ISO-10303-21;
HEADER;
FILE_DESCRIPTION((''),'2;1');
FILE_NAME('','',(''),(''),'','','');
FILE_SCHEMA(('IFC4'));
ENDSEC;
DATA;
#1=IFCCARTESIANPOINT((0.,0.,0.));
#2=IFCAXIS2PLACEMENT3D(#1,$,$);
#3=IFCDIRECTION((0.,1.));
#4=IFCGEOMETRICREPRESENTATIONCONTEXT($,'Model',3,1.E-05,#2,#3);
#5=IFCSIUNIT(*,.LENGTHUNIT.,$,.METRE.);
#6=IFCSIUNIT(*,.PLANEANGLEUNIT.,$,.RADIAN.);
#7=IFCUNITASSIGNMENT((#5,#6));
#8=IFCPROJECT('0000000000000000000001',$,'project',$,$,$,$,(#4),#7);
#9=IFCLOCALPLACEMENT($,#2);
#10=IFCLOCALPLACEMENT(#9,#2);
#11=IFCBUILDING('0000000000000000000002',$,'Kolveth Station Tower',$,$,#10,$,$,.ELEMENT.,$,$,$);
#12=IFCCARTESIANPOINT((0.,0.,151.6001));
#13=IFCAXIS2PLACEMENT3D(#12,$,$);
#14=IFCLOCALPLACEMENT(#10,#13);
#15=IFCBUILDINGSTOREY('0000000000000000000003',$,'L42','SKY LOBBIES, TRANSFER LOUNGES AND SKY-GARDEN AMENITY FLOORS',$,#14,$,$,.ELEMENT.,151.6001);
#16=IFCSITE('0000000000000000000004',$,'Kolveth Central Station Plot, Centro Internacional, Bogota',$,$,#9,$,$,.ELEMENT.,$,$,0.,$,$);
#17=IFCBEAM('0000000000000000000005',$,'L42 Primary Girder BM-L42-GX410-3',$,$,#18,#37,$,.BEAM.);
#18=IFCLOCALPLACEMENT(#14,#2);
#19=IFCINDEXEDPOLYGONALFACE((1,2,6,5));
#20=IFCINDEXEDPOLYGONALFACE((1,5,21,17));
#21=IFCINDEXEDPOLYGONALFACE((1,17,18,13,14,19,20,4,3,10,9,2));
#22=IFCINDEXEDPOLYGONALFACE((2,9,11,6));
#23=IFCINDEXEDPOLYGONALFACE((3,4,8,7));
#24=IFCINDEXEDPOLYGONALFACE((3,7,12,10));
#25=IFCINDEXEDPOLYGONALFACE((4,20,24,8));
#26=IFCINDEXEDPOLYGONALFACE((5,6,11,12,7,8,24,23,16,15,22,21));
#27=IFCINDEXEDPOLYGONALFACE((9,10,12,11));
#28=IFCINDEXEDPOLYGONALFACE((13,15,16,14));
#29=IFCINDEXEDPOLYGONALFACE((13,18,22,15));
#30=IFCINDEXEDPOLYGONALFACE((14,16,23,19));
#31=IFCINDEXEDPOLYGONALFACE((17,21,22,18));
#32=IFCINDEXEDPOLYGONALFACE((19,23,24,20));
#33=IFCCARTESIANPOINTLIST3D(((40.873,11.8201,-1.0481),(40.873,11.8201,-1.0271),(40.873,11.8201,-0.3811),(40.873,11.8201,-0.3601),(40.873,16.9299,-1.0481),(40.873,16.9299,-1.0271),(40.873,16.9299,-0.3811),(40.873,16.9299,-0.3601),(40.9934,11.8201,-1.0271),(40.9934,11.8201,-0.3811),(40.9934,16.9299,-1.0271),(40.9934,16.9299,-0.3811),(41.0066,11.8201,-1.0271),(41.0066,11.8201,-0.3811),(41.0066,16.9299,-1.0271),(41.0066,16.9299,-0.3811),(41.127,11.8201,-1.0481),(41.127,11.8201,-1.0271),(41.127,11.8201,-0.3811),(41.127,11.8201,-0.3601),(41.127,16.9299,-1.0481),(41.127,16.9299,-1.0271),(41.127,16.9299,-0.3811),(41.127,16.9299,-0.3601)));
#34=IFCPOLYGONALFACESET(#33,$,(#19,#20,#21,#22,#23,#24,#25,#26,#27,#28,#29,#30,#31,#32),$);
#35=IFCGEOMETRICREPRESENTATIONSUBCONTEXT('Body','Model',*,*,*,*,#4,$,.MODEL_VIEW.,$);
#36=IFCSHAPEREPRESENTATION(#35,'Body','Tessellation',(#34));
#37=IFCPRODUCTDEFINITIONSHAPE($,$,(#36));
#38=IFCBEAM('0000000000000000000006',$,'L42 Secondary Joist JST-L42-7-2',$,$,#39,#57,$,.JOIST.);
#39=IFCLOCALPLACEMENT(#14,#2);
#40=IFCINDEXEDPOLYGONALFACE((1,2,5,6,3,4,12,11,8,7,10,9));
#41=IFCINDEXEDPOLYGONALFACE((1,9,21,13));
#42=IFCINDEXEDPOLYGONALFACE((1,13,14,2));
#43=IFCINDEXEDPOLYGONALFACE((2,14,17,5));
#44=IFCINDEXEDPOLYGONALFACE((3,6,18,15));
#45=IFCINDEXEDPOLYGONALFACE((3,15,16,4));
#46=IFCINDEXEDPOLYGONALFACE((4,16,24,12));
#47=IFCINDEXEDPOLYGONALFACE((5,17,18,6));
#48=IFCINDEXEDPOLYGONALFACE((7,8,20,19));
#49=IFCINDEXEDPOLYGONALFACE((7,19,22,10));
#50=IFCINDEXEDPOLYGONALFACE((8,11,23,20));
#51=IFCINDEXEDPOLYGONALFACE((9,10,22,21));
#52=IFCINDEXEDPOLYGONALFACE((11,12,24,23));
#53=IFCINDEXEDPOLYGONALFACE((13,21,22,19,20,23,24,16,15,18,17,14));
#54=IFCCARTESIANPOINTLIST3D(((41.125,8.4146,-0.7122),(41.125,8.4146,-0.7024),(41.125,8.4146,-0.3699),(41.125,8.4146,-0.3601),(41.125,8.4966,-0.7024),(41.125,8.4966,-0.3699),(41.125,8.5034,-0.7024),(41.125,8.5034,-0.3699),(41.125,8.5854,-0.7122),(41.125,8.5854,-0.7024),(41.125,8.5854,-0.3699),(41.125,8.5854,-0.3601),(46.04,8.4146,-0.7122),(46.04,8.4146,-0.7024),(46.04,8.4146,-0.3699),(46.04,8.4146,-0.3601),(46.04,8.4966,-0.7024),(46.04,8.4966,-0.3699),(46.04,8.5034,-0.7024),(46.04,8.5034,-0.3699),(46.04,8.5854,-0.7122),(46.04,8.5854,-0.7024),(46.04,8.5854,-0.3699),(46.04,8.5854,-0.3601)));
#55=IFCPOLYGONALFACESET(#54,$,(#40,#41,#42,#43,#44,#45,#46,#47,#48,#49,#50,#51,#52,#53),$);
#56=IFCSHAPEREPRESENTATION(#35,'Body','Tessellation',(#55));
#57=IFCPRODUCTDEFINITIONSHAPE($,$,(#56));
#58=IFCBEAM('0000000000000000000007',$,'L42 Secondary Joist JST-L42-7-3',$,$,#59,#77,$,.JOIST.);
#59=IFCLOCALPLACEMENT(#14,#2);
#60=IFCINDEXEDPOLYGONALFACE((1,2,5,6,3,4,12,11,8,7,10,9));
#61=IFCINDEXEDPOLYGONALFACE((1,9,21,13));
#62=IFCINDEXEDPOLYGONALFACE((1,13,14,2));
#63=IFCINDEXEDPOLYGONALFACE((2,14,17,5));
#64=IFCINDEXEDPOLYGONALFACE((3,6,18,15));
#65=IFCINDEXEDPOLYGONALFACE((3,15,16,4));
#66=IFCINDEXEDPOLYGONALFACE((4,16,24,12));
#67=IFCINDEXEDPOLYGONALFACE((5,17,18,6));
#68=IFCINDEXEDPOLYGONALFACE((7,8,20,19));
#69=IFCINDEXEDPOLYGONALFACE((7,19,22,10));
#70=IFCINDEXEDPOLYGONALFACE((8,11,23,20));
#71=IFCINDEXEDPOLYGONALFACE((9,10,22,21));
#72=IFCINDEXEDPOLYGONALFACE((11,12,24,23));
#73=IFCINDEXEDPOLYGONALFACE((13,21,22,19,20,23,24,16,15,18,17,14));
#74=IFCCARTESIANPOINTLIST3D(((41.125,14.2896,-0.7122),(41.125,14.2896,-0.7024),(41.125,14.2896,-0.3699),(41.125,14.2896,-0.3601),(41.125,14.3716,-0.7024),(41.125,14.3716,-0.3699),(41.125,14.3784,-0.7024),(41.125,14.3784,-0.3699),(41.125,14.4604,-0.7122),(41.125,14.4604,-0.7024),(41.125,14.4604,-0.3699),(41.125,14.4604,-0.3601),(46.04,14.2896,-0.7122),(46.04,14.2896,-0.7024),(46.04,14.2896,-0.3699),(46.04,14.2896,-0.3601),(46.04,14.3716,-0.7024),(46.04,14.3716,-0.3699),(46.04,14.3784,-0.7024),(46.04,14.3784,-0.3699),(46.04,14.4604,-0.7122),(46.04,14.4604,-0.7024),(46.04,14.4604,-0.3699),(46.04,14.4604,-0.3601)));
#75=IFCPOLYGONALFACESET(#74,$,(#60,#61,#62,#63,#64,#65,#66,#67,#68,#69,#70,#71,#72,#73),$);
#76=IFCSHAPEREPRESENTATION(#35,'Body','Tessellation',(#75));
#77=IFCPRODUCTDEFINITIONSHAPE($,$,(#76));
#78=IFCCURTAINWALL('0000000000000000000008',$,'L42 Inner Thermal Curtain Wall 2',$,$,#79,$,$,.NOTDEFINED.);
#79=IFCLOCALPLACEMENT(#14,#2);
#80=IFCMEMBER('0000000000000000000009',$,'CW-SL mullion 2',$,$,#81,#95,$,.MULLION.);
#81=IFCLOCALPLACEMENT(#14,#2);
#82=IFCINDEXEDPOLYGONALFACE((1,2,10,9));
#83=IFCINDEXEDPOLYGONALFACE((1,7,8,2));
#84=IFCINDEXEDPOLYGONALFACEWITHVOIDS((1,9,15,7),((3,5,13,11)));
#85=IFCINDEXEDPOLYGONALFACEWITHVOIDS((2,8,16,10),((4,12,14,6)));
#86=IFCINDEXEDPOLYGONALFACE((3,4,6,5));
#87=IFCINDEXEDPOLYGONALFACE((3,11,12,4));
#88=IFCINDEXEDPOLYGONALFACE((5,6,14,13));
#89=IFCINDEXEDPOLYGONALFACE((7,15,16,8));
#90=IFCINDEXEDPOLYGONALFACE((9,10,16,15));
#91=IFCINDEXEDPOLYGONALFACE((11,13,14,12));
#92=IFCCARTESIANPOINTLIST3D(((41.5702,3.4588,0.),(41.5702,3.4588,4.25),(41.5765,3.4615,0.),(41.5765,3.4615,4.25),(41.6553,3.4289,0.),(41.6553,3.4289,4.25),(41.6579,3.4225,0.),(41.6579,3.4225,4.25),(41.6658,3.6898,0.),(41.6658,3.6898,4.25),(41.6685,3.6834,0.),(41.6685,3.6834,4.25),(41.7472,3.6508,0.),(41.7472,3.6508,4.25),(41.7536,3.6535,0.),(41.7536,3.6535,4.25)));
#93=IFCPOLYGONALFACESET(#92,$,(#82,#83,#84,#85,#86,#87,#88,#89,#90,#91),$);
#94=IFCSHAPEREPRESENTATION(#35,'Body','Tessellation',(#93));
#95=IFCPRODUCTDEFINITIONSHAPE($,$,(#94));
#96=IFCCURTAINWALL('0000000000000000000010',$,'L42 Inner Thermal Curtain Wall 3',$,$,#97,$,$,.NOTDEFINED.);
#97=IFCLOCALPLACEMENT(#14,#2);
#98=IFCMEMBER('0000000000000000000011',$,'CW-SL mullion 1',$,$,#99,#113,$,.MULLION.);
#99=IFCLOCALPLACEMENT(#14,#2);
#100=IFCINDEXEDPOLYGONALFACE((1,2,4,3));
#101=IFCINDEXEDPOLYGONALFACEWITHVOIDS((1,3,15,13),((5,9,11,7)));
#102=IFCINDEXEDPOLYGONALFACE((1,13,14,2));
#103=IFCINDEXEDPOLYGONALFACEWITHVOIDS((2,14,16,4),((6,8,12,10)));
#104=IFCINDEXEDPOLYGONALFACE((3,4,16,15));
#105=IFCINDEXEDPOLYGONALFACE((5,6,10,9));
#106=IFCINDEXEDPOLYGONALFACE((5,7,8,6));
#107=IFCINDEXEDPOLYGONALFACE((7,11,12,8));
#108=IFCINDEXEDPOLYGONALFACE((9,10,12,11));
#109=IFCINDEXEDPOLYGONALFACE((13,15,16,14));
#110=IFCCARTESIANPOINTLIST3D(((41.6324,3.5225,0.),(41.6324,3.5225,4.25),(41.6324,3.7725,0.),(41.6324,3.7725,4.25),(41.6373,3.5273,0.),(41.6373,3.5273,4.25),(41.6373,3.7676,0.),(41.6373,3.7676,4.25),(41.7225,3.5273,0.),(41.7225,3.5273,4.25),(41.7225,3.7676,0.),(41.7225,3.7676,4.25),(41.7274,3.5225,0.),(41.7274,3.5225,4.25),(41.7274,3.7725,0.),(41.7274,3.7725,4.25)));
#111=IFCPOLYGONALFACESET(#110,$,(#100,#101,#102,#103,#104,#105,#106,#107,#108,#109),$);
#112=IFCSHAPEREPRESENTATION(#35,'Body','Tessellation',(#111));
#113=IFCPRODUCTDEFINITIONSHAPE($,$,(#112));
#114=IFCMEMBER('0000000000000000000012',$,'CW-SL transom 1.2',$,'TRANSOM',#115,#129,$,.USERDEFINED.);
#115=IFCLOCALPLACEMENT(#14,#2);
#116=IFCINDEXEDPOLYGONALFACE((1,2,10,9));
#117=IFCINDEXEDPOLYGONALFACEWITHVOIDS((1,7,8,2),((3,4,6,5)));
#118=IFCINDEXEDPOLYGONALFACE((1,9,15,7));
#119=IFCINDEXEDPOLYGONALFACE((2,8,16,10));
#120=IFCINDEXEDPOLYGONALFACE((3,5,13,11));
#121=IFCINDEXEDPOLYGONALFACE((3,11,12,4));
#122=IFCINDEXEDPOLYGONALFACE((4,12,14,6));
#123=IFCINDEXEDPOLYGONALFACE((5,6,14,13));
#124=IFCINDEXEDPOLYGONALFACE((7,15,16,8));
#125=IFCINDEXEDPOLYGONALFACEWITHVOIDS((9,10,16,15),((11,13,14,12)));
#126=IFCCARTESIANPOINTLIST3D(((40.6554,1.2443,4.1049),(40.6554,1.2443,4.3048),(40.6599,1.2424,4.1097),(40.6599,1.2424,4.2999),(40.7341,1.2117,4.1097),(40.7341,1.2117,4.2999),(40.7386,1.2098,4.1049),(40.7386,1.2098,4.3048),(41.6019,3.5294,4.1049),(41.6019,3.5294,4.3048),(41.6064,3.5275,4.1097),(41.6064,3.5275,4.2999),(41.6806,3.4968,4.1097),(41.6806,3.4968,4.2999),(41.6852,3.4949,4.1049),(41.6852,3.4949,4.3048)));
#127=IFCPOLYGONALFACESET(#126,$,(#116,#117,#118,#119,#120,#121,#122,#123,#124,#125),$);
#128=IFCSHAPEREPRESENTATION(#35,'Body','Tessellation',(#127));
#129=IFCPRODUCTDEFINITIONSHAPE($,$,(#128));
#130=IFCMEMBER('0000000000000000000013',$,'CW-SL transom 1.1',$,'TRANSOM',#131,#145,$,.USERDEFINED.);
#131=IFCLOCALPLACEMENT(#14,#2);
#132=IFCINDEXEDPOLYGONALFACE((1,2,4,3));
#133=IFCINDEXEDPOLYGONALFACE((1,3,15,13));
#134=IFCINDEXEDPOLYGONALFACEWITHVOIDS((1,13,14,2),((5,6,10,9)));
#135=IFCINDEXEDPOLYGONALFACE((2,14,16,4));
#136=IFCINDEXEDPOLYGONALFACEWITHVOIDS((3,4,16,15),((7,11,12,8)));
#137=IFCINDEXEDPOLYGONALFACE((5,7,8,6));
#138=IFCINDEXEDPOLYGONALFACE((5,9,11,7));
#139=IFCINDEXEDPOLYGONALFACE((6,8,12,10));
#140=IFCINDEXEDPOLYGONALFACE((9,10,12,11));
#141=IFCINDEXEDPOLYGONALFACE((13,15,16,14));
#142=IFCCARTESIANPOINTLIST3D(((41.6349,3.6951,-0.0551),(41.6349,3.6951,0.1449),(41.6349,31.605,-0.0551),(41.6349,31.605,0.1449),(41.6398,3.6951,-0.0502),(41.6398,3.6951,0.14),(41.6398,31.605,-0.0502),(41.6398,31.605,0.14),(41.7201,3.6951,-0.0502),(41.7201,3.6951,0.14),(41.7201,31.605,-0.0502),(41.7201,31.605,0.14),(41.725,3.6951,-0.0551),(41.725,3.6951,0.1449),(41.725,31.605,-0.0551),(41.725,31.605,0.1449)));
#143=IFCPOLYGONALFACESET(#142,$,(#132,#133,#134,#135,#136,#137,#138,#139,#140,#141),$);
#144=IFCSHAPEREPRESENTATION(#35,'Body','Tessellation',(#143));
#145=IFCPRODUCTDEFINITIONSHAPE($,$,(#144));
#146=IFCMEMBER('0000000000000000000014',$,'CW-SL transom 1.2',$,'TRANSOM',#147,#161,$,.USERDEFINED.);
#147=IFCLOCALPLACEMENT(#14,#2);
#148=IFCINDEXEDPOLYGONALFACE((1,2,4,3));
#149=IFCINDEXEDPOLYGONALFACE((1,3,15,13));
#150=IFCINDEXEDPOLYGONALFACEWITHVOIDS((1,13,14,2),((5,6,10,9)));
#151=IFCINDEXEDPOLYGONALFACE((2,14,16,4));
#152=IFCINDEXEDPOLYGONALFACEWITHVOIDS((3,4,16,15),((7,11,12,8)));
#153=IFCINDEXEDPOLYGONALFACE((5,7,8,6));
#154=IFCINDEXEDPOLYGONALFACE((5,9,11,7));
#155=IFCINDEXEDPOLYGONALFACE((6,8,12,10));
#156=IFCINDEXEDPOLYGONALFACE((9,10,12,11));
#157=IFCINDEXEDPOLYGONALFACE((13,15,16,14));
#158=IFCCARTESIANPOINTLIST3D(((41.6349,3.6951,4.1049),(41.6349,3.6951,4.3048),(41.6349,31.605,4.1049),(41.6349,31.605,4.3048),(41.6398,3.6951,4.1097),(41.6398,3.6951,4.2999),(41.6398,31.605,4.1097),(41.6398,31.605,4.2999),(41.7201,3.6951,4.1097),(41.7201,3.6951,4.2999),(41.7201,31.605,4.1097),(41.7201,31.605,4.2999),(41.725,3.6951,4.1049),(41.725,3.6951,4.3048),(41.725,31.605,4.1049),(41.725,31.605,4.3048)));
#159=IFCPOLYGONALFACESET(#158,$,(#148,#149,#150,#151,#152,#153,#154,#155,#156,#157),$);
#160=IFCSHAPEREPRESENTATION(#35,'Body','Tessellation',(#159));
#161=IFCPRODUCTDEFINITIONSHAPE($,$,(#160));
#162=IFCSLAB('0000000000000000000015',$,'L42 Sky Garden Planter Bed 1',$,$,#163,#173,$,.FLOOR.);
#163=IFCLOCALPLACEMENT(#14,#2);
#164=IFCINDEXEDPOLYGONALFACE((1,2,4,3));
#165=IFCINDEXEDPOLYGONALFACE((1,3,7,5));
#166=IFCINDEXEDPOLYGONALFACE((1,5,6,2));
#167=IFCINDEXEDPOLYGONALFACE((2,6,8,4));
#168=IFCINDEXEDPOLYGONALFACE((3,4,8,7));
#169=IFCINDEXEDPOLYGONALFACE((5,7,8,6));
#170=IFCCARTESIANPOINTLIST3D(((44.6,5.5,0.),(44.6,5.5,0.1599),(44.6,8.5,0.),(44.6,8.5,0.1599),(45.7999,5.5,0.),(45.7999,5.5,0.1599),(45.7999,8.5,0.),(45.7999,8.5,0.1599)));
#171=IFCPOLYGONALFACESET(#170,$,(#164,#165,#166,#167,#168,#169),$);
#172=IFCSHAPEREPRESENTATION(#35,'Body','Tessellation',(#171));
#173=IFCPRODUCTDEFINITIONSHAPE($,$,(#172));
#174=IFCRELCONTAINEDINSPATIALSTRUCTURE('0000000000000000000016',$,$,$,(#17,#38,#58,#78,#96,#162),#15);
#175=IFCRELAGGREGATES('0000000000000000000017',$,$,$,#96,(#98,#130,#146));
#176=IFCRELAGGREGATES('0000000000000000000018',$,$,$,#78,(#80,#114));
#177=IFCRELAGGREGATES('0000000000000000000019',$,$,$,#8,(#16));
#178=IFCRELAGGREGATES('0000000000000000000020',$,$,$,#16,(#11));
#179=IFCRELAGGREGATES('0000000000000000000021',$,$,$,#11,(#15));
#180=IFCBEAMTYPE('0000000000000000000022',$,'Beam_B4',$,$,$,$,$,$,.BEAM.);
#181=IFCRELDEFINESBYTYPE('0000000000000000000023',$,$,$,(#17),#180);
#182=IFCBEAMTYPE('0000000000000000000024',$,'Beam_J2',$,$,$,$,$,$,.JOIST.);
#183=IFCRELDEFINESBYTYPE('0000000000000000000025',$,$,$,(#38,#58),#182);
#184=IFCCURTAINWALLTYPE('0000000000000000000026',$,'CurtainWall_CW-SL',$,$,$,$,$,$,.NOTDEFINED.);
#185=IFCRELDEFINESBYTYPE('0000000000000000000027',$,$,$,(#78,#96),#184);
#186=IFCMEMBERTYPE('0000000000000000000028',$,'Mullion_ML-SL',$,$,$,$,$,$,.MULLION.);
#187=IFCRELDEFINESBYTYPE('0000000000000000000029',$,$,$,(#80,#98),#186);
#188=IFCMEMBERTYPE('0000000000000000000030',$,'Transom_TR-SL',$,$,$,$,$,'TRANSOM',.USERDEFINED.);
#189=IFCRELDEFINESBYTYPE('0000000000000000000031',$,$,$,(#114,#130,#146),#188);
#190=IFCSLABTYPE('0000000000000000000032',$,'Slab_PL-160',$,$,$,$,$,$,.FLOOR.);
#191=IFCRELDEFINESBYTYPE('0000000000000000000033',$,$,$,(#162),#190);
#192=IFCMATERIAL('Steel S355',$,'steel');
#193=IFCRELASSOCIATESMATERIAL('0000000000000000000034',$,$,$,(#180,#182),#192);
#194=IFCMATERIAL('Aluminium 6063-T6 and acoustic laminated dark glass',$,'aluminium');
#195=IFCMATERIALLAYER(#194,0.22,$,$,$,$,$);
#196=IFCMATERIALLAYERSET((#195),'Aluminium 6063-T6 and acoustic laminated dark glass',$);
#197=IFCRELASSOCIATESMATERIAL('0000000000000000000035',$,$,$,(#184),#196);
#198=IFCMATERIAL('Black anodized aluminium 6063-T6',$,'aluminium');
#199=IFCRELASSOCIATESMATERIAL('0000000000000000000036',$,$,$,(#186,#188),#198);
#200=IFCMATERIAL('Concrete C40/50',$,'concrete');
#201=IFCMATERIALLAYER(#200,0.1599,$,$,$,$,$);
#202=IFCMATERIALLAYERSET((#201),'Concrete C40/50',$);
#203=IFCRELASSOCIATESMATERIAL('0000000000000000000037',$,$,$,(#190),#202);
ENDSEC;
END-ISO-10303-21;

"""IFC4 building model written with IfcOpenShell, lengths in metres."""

from ifc_helpers import new_model, si_unit, direction, frame, origin, origin_2d, place, context, subcontext, project, spatial, rectangle, hollow_rectangle, i_section, extrude, source, transform, mapped, material, layer, layer_set, material_profile, profile_set, type_object, element, aggregate, save


model = new_model("IFC4")

# Units and contexts
model_context = context("Model", 3, precision=1e-05, world=origin(), true_north=direction((0.0, 1.0)))
body_context = subcontext(model_context, "Body", "Model", "MODEL_VIEW")
ifc_project = project(units=[si_unit("LENGTHUNIT", "METRE"), si_unit("PLANEANGLEUNIT", "RADIAN")], contexts=[model_context])

# Site, building, storey
site_placement = place(None, origin())
site = spatial("IfcSite", under=ifc_project, at=site_placement, Name="Kolveth Central Station Plot, Centro Internacional, Bogota", CompositionType="ELEMENT", RefElevation=0.0)
building_placement = place(site_placement, origin())
building = spatial("IfcBuilding", under=site, at=building_placement, Name="Kolveth Station Tower", CompositionType="ELEMENT")
storey_placement = place(building_placement, frame((0.0, 0.0, 151.6001)))
storey = spatial("IfcBuildingStorey", under=building, at=storey_placement, Name="L42", Description="SKY LOBBIES, TRANSFER LOUNGES AND SKY-GARDEN AMENITY FLOORS", CompositionType="ELEMENT", Elevation=151.6001)

# Shared definitions
ifc_material_1 = material(Name="Steel S355", Category="steel")

# Beams
ifc_material_profile_1 = material_profile(ifc_material_1, i_section(OverallWidth=0.2539, OverallDepth=0.688, WebThickness=0.0132, FlangeThickness=0.021, at=origin_2d()), Name="W690x152")
ifc_profile_set_1 = profile_set([ifc_material_profile_1], Name="Steel S355")
beam_type_1 = type_object("IfcBeamType", Name="Beam_B4", PredefinedType="BEAM", material=ifc_profile_set_1)
shared_shape_1 = source(origin(), body_context, "Body", "SweptSolid", [
    extrude(i_section(OverallWidth=0.2539, OverallDepth=0.688, WebThickness=0.0132, FlangeThickness=0.021, at=origin_2d()), origin(), (0.0, 0.0, 1.0), 5.1099),
])
beam_1_placement = place(storey_placement, frame((41.0, 11.8201, -0.7041), z_axis=(0.0, 1.0, 0.0), x_axis=(-1.0, 0.0, 0.0)))
element("IfcBeam", 1, at=beam_1_placement, inside=storey, type_object=beam_type_1, Name="L42 Primary Girder BM-L42-GX410-3", PredefinedType="BEAM", context=body_context, shape_type="MappedRepresentation", body=[
    mapped(shared_shape_1, transform((0.0, 0.0, 0.0), x_axis=(1.0, 0.0, 0.0), y_axis=(0.0, 1.0, 0.0), z_axis=(0.0, 0.0, 1.0), scale=1.0)),
])
ifc_material_profile_2 = material_profile(ifc_material_1, i_section(OverallWidth=0.1709, OverallDepth=0.3521, WebThickness=0.0068, FlangeThickness=0.0098, at=origin_2d()), Name="W360x44")
ifc_profile_set_2 = profile_set([ifc_material_profile_2], Name="Steel S355")
beam_type_2 = type_object("IfcBeamType", Name="Beam_J2", PredefinedType="JOIST", material=ifc_profile_set_2)
shared_shape_2 = source(origin(), body_context, "Body", "SweptSolid", [
    extrude(i_section(OverallWidth=0.1709, OverallDepth=0.3521, WebThickness=0.0068, FlangeThickness=0.0098, at=origin_2d()), origin(), (0.0, 0.0, 1.0), 4.915),
])
for number, where, z_axis, x_axis, name in (
    (2, (41.125, 8.5, -0.5361), (1.0, 0.0, 0.0), (0.0, 1.0, 0.0), "L42 Secondary Joist JST-L42-7-2"),
    (3, (41.125, 14.375, -0.5361), (1.0, 0.0, 0.0), (0.0, 1.0, 0.0), "L42 Secondary Joist JST-L42-7-3"),
):
    element("IfcBeam", number, at=place(storey_placement, frame(where, z_axis=z_axis, x_axis=x_axis)), inside=storey, type_object=beam_type_2, Name=name, PredefinedType="JOIST", context=body_context, shape_type="MappedRepresentation", body=[
        mapped(shared_shape_2, transform((0.0, 0.0, 0.0), x_axis=(1.0, 0.0, 0.0), y_axis=(0.0, 1.0, 0.0), z_axis=(0.0, 0.0, 1.0), scale=1.0)),
    ])

# Curtain walls, members
ifc_material_2 = material(Name="Aluminium 6063-T6 and acoustic laminated dark glass", Category="aluminium")
ifc_layer_1 = layer(ifc_material_2, 0.22)
ifc_layer_set_1 = layer_set([ifc_layer_1], Name="Aluminium 6063-T6 and acoustic laminated dark glass")
curtain_wall_type_1 = type_object("IfcCurtainWallType", Name="CurtainWall_CW-SL", PredefinedType="NOTDEFINED", material=ifc_layer_set_1)
curtain_wall_1_placement = place(storey_placement, origin())
curtain_wall_1 = element("IfcCurtainWall", 4, at=curtain_wall_1_placement, inside=storey, type_object=curtain_wall_type_1, Name="L42 Inner Thermal Curtain Wall 2", PredefinedType="NOTDEFINED")
ifc_material_3 = material(Name="Black anodized aluminium 6063-T6", Category="aluminium")
ifc_material_profile_3 = material_profile(ifc_material_3, hollow_rectangle(XDim=0.095, YDim=0.25, WallThickness=0.0049, at=origin_2d()), Name="ALU-95x250x5")
ifc_profile_set_3 = profile_set([ifc_material_profile_3], Name="Black anodized aluminium 6063-T6")
member_type_1 = type_object("IfcMemberType", Name="Mullion_ML-SL", PredefinedType="MULLION", material=ifc_profile_set_3)
shared_shape_3 = source(origin(), body_context, "Body", "SweptSolid", [
    extrude(hollow_rectangle(XDim=0.095, YDim=0.25, WallThickness=0.0049, at=origin_2d()), origin(), (0.0, 0.0, 1.0), 4.25),
])
member_1_placement = place(storey_placement, frame((41.6619, 3.5562, 0.0), z_axis=(0.0, 0.0, 1.0), x_axis=(-0.923874, 0.382698, 0.0)))
member_1 = element("IfcMember", 5, at=member_1_placement, type_object=member_type_1, Name="CW-SL mullion 2", PredefinedType="MULLION", context=body_context, shape_type="MappedRepresentation", body=[
    mapped(shared_shape_3, transform((0.0, 0.0, 0.0), x_axis=(1.0, 0.0, 0.0), y_axis=(0.0, 1.0, 0.0), z_axis=(0.0, 0.0, 1.0), scale=1.0)),
])
curtain_wall_2_placement = place(storey_placement, origin())
curtain_wall_2 = element("IfcCurtainWall", 6, at=curtain_wall_2_placement, inside=storey, type_object=curtain_wall_type_1, Name="L42 Inner Thermal Curtain Wall 3", PredefinedType="NOTDEFINED")
member_2_placement = place(storey_placement, frame((41.6799, 3.6475, 0.0), z_axis=(0.0, 0.0, 1.0), x_axis=(-1.0, 0.0, 0.0)))
member_2 = element("IfcMember", 7, at=member_2_placement, type_object=member_type_1, Name="CW-SL mullion 1", PredefinedType="MULLION", context=body_context, shape_type="MappedRepresentation", body=[
    mapped(shared_shape_3, transform((0.0, 0.0, 0.0), x_axis=(1.0, 0.0, 0.0), y_axis=(0.0, 1.0, 0.0), z_axis=(0.0, 0.0, 1.0), scale=1.0)),
])

# Members
ifc_material_profile_4 = material_profile(ifc_material_3, hollow_rectangle(XDim=0.0901, YDim=0.2, WallThickness=0.0049, at=origin_2d()), Name="ALU-90x200x5")
ifc_profile_set_4 = profile_set([ifc_material_profile_4], Name="Black anodized aluminium 6063-T6")
member_type_2 = type_object("IfcMemberType", Name="Transom_TR-SL", ElementType="TRANSOM", PredefinedType="USERDEFINED", material=ifc_profile_set_4)
shared_shape_4 = source(origin(), body_context, "Body", "SweptSolid", [
    extrude(hollow_rectangle(XDim=0.0901, YDim=0.2, WallThickness=0.0049, at=origin_2d()), origin(), (0.0, 0.0, 1.0), 2.4734),
])
member_3_placement = place(storey_placement, frame((40.697, 1.2271, 4.2048), z_axis=(0.38268, 0.923881, 0.0), x_axis=(-0.923881, 0.38268, 0.0)))
member_3 = element("IfcMember", 8, at=member_3_placement, type_object=member_type_2, Name="CW-SL transom 1.2", ObjectType="TRANSOM", PredefinedType="USERDEFINED", context=body_context, shape_type="MappedRepresentation", body=[
    mapped(shared_shape_4, transform((0.0, 0.0, 0.0), x_axis=(1.0, 0.0, 0.0), y_axis=(0.0, 1.0, 0.0), z_axis=(0.0, 0.0, 1.0), scale=1.0)),
])
shared_shape_5 = source(origin(), body_context, "Body", "SweptSolid", [
    extrude(hollow_rectangle(XDim=0.0901, YDim=0.2, WallThickness=0.0049, at=origin_2d()), origin(), (0.0, 0.0, 1.0), 27.9099),
])
member_4_placement = place(storey_placement, frame((41.6799, 3.6951, 0.0449), z_axis=(0.0, 1.0, 0.0), x_axis=(-1.0, 0.0, 0.0)))
member_4 = element("IfcMember", 9, at=member_4_placement, type_object=member_type_2, Name="CW-SL transom 1.1", ObjectType="TRANSOM", PredefinedType="USERDEFINED", context=body_context, shape_type="MappedRepresentation", body=[
    mapped(shared_shape_5, transform((0.0, 0.0, 0.0), x_axis=(1.0, 0.0, 0.0), y_axis=(0.0, 1.0, 0.0), z_axis=(0.0, 0.0, 1.0), scale=1.0)),
])
member_5_placement = place(storey_placement, frame((41.6799, 3.6951, 4.2048), z_axis=(0.0, 1.0, 0.0), x_axis=(-1.0, 0.0, 0.0)))
member_5 = element("IfcMember", 10, at=member_5_placement, type_object=member_type_2, Name="CW-SL transom 1.2", ObjectType="TRANSOM", PredefinedType="USERDEFINED", context=body_context, shape_type="MappedRepresentation", body=[
    mapped(shared_shape_5, transform((0.0, 0.0, 0.0), x_axis=(1.0, 0.0, 0.0), y_axis=(0.0, 1.0, 0.0), z_axis=(0.0, 0.0, 1.0), scale=1.0)),
])
aggregate(curtain_wall_2, [member_2, member_4, member_5])

# Slab
ifc_material_4 = material(Name="Concrete C40/50", Category="concrete")
ifc_layer_2 = layer(ifc_material_4, 0.1599)
ifc_layer_set_2 = layer_set([ifc_layer_2], Name="Concrete C40/50")
slab_type = type_object("IfcSlabType", Name="Slab_PL-160", PredefinedType="FLOOR", material=ifc_layer_set_2)
shared_shape_6 = source(origin(), body_context, "Body", "SweptSolid", [
    extrude(rectangle(XDim=1.2, YDim=3.0, at=origin_2d()), origin(), (0.0, 0.0, 1.0), 0.1599),
])
for number, where, z_axis, x_axis, name in (
    (11, (45.2, 7.0, 0.0), (0.0, 0.0, 1.0), (1.0, 0.0, 0.0), "L42 Sky Garden Planter Bed 1"),
):
    element("IfcSlab", number, at=place(storey_placement, frame(where, z_axis=z_axis, x_axis=x_axis)), inside=storey, type_object=slab_type, Name=name, PredefinedType="FLOOR", context=body_context, shape_type="MappedRepresentation", body=[
        mapped(shared_shape_6, transform((0.0, 0.0, 0.0), x_axis=(1.0, 0.0, 0.0), y_axis=(0.0, 1.0, 0.0), z_axis=(0.0, 0.0, 1.0), scale=1.0)),
    ])

aggregate(curtain_wall_1, [member_1, member_3])

save(model, "model.ifc")
